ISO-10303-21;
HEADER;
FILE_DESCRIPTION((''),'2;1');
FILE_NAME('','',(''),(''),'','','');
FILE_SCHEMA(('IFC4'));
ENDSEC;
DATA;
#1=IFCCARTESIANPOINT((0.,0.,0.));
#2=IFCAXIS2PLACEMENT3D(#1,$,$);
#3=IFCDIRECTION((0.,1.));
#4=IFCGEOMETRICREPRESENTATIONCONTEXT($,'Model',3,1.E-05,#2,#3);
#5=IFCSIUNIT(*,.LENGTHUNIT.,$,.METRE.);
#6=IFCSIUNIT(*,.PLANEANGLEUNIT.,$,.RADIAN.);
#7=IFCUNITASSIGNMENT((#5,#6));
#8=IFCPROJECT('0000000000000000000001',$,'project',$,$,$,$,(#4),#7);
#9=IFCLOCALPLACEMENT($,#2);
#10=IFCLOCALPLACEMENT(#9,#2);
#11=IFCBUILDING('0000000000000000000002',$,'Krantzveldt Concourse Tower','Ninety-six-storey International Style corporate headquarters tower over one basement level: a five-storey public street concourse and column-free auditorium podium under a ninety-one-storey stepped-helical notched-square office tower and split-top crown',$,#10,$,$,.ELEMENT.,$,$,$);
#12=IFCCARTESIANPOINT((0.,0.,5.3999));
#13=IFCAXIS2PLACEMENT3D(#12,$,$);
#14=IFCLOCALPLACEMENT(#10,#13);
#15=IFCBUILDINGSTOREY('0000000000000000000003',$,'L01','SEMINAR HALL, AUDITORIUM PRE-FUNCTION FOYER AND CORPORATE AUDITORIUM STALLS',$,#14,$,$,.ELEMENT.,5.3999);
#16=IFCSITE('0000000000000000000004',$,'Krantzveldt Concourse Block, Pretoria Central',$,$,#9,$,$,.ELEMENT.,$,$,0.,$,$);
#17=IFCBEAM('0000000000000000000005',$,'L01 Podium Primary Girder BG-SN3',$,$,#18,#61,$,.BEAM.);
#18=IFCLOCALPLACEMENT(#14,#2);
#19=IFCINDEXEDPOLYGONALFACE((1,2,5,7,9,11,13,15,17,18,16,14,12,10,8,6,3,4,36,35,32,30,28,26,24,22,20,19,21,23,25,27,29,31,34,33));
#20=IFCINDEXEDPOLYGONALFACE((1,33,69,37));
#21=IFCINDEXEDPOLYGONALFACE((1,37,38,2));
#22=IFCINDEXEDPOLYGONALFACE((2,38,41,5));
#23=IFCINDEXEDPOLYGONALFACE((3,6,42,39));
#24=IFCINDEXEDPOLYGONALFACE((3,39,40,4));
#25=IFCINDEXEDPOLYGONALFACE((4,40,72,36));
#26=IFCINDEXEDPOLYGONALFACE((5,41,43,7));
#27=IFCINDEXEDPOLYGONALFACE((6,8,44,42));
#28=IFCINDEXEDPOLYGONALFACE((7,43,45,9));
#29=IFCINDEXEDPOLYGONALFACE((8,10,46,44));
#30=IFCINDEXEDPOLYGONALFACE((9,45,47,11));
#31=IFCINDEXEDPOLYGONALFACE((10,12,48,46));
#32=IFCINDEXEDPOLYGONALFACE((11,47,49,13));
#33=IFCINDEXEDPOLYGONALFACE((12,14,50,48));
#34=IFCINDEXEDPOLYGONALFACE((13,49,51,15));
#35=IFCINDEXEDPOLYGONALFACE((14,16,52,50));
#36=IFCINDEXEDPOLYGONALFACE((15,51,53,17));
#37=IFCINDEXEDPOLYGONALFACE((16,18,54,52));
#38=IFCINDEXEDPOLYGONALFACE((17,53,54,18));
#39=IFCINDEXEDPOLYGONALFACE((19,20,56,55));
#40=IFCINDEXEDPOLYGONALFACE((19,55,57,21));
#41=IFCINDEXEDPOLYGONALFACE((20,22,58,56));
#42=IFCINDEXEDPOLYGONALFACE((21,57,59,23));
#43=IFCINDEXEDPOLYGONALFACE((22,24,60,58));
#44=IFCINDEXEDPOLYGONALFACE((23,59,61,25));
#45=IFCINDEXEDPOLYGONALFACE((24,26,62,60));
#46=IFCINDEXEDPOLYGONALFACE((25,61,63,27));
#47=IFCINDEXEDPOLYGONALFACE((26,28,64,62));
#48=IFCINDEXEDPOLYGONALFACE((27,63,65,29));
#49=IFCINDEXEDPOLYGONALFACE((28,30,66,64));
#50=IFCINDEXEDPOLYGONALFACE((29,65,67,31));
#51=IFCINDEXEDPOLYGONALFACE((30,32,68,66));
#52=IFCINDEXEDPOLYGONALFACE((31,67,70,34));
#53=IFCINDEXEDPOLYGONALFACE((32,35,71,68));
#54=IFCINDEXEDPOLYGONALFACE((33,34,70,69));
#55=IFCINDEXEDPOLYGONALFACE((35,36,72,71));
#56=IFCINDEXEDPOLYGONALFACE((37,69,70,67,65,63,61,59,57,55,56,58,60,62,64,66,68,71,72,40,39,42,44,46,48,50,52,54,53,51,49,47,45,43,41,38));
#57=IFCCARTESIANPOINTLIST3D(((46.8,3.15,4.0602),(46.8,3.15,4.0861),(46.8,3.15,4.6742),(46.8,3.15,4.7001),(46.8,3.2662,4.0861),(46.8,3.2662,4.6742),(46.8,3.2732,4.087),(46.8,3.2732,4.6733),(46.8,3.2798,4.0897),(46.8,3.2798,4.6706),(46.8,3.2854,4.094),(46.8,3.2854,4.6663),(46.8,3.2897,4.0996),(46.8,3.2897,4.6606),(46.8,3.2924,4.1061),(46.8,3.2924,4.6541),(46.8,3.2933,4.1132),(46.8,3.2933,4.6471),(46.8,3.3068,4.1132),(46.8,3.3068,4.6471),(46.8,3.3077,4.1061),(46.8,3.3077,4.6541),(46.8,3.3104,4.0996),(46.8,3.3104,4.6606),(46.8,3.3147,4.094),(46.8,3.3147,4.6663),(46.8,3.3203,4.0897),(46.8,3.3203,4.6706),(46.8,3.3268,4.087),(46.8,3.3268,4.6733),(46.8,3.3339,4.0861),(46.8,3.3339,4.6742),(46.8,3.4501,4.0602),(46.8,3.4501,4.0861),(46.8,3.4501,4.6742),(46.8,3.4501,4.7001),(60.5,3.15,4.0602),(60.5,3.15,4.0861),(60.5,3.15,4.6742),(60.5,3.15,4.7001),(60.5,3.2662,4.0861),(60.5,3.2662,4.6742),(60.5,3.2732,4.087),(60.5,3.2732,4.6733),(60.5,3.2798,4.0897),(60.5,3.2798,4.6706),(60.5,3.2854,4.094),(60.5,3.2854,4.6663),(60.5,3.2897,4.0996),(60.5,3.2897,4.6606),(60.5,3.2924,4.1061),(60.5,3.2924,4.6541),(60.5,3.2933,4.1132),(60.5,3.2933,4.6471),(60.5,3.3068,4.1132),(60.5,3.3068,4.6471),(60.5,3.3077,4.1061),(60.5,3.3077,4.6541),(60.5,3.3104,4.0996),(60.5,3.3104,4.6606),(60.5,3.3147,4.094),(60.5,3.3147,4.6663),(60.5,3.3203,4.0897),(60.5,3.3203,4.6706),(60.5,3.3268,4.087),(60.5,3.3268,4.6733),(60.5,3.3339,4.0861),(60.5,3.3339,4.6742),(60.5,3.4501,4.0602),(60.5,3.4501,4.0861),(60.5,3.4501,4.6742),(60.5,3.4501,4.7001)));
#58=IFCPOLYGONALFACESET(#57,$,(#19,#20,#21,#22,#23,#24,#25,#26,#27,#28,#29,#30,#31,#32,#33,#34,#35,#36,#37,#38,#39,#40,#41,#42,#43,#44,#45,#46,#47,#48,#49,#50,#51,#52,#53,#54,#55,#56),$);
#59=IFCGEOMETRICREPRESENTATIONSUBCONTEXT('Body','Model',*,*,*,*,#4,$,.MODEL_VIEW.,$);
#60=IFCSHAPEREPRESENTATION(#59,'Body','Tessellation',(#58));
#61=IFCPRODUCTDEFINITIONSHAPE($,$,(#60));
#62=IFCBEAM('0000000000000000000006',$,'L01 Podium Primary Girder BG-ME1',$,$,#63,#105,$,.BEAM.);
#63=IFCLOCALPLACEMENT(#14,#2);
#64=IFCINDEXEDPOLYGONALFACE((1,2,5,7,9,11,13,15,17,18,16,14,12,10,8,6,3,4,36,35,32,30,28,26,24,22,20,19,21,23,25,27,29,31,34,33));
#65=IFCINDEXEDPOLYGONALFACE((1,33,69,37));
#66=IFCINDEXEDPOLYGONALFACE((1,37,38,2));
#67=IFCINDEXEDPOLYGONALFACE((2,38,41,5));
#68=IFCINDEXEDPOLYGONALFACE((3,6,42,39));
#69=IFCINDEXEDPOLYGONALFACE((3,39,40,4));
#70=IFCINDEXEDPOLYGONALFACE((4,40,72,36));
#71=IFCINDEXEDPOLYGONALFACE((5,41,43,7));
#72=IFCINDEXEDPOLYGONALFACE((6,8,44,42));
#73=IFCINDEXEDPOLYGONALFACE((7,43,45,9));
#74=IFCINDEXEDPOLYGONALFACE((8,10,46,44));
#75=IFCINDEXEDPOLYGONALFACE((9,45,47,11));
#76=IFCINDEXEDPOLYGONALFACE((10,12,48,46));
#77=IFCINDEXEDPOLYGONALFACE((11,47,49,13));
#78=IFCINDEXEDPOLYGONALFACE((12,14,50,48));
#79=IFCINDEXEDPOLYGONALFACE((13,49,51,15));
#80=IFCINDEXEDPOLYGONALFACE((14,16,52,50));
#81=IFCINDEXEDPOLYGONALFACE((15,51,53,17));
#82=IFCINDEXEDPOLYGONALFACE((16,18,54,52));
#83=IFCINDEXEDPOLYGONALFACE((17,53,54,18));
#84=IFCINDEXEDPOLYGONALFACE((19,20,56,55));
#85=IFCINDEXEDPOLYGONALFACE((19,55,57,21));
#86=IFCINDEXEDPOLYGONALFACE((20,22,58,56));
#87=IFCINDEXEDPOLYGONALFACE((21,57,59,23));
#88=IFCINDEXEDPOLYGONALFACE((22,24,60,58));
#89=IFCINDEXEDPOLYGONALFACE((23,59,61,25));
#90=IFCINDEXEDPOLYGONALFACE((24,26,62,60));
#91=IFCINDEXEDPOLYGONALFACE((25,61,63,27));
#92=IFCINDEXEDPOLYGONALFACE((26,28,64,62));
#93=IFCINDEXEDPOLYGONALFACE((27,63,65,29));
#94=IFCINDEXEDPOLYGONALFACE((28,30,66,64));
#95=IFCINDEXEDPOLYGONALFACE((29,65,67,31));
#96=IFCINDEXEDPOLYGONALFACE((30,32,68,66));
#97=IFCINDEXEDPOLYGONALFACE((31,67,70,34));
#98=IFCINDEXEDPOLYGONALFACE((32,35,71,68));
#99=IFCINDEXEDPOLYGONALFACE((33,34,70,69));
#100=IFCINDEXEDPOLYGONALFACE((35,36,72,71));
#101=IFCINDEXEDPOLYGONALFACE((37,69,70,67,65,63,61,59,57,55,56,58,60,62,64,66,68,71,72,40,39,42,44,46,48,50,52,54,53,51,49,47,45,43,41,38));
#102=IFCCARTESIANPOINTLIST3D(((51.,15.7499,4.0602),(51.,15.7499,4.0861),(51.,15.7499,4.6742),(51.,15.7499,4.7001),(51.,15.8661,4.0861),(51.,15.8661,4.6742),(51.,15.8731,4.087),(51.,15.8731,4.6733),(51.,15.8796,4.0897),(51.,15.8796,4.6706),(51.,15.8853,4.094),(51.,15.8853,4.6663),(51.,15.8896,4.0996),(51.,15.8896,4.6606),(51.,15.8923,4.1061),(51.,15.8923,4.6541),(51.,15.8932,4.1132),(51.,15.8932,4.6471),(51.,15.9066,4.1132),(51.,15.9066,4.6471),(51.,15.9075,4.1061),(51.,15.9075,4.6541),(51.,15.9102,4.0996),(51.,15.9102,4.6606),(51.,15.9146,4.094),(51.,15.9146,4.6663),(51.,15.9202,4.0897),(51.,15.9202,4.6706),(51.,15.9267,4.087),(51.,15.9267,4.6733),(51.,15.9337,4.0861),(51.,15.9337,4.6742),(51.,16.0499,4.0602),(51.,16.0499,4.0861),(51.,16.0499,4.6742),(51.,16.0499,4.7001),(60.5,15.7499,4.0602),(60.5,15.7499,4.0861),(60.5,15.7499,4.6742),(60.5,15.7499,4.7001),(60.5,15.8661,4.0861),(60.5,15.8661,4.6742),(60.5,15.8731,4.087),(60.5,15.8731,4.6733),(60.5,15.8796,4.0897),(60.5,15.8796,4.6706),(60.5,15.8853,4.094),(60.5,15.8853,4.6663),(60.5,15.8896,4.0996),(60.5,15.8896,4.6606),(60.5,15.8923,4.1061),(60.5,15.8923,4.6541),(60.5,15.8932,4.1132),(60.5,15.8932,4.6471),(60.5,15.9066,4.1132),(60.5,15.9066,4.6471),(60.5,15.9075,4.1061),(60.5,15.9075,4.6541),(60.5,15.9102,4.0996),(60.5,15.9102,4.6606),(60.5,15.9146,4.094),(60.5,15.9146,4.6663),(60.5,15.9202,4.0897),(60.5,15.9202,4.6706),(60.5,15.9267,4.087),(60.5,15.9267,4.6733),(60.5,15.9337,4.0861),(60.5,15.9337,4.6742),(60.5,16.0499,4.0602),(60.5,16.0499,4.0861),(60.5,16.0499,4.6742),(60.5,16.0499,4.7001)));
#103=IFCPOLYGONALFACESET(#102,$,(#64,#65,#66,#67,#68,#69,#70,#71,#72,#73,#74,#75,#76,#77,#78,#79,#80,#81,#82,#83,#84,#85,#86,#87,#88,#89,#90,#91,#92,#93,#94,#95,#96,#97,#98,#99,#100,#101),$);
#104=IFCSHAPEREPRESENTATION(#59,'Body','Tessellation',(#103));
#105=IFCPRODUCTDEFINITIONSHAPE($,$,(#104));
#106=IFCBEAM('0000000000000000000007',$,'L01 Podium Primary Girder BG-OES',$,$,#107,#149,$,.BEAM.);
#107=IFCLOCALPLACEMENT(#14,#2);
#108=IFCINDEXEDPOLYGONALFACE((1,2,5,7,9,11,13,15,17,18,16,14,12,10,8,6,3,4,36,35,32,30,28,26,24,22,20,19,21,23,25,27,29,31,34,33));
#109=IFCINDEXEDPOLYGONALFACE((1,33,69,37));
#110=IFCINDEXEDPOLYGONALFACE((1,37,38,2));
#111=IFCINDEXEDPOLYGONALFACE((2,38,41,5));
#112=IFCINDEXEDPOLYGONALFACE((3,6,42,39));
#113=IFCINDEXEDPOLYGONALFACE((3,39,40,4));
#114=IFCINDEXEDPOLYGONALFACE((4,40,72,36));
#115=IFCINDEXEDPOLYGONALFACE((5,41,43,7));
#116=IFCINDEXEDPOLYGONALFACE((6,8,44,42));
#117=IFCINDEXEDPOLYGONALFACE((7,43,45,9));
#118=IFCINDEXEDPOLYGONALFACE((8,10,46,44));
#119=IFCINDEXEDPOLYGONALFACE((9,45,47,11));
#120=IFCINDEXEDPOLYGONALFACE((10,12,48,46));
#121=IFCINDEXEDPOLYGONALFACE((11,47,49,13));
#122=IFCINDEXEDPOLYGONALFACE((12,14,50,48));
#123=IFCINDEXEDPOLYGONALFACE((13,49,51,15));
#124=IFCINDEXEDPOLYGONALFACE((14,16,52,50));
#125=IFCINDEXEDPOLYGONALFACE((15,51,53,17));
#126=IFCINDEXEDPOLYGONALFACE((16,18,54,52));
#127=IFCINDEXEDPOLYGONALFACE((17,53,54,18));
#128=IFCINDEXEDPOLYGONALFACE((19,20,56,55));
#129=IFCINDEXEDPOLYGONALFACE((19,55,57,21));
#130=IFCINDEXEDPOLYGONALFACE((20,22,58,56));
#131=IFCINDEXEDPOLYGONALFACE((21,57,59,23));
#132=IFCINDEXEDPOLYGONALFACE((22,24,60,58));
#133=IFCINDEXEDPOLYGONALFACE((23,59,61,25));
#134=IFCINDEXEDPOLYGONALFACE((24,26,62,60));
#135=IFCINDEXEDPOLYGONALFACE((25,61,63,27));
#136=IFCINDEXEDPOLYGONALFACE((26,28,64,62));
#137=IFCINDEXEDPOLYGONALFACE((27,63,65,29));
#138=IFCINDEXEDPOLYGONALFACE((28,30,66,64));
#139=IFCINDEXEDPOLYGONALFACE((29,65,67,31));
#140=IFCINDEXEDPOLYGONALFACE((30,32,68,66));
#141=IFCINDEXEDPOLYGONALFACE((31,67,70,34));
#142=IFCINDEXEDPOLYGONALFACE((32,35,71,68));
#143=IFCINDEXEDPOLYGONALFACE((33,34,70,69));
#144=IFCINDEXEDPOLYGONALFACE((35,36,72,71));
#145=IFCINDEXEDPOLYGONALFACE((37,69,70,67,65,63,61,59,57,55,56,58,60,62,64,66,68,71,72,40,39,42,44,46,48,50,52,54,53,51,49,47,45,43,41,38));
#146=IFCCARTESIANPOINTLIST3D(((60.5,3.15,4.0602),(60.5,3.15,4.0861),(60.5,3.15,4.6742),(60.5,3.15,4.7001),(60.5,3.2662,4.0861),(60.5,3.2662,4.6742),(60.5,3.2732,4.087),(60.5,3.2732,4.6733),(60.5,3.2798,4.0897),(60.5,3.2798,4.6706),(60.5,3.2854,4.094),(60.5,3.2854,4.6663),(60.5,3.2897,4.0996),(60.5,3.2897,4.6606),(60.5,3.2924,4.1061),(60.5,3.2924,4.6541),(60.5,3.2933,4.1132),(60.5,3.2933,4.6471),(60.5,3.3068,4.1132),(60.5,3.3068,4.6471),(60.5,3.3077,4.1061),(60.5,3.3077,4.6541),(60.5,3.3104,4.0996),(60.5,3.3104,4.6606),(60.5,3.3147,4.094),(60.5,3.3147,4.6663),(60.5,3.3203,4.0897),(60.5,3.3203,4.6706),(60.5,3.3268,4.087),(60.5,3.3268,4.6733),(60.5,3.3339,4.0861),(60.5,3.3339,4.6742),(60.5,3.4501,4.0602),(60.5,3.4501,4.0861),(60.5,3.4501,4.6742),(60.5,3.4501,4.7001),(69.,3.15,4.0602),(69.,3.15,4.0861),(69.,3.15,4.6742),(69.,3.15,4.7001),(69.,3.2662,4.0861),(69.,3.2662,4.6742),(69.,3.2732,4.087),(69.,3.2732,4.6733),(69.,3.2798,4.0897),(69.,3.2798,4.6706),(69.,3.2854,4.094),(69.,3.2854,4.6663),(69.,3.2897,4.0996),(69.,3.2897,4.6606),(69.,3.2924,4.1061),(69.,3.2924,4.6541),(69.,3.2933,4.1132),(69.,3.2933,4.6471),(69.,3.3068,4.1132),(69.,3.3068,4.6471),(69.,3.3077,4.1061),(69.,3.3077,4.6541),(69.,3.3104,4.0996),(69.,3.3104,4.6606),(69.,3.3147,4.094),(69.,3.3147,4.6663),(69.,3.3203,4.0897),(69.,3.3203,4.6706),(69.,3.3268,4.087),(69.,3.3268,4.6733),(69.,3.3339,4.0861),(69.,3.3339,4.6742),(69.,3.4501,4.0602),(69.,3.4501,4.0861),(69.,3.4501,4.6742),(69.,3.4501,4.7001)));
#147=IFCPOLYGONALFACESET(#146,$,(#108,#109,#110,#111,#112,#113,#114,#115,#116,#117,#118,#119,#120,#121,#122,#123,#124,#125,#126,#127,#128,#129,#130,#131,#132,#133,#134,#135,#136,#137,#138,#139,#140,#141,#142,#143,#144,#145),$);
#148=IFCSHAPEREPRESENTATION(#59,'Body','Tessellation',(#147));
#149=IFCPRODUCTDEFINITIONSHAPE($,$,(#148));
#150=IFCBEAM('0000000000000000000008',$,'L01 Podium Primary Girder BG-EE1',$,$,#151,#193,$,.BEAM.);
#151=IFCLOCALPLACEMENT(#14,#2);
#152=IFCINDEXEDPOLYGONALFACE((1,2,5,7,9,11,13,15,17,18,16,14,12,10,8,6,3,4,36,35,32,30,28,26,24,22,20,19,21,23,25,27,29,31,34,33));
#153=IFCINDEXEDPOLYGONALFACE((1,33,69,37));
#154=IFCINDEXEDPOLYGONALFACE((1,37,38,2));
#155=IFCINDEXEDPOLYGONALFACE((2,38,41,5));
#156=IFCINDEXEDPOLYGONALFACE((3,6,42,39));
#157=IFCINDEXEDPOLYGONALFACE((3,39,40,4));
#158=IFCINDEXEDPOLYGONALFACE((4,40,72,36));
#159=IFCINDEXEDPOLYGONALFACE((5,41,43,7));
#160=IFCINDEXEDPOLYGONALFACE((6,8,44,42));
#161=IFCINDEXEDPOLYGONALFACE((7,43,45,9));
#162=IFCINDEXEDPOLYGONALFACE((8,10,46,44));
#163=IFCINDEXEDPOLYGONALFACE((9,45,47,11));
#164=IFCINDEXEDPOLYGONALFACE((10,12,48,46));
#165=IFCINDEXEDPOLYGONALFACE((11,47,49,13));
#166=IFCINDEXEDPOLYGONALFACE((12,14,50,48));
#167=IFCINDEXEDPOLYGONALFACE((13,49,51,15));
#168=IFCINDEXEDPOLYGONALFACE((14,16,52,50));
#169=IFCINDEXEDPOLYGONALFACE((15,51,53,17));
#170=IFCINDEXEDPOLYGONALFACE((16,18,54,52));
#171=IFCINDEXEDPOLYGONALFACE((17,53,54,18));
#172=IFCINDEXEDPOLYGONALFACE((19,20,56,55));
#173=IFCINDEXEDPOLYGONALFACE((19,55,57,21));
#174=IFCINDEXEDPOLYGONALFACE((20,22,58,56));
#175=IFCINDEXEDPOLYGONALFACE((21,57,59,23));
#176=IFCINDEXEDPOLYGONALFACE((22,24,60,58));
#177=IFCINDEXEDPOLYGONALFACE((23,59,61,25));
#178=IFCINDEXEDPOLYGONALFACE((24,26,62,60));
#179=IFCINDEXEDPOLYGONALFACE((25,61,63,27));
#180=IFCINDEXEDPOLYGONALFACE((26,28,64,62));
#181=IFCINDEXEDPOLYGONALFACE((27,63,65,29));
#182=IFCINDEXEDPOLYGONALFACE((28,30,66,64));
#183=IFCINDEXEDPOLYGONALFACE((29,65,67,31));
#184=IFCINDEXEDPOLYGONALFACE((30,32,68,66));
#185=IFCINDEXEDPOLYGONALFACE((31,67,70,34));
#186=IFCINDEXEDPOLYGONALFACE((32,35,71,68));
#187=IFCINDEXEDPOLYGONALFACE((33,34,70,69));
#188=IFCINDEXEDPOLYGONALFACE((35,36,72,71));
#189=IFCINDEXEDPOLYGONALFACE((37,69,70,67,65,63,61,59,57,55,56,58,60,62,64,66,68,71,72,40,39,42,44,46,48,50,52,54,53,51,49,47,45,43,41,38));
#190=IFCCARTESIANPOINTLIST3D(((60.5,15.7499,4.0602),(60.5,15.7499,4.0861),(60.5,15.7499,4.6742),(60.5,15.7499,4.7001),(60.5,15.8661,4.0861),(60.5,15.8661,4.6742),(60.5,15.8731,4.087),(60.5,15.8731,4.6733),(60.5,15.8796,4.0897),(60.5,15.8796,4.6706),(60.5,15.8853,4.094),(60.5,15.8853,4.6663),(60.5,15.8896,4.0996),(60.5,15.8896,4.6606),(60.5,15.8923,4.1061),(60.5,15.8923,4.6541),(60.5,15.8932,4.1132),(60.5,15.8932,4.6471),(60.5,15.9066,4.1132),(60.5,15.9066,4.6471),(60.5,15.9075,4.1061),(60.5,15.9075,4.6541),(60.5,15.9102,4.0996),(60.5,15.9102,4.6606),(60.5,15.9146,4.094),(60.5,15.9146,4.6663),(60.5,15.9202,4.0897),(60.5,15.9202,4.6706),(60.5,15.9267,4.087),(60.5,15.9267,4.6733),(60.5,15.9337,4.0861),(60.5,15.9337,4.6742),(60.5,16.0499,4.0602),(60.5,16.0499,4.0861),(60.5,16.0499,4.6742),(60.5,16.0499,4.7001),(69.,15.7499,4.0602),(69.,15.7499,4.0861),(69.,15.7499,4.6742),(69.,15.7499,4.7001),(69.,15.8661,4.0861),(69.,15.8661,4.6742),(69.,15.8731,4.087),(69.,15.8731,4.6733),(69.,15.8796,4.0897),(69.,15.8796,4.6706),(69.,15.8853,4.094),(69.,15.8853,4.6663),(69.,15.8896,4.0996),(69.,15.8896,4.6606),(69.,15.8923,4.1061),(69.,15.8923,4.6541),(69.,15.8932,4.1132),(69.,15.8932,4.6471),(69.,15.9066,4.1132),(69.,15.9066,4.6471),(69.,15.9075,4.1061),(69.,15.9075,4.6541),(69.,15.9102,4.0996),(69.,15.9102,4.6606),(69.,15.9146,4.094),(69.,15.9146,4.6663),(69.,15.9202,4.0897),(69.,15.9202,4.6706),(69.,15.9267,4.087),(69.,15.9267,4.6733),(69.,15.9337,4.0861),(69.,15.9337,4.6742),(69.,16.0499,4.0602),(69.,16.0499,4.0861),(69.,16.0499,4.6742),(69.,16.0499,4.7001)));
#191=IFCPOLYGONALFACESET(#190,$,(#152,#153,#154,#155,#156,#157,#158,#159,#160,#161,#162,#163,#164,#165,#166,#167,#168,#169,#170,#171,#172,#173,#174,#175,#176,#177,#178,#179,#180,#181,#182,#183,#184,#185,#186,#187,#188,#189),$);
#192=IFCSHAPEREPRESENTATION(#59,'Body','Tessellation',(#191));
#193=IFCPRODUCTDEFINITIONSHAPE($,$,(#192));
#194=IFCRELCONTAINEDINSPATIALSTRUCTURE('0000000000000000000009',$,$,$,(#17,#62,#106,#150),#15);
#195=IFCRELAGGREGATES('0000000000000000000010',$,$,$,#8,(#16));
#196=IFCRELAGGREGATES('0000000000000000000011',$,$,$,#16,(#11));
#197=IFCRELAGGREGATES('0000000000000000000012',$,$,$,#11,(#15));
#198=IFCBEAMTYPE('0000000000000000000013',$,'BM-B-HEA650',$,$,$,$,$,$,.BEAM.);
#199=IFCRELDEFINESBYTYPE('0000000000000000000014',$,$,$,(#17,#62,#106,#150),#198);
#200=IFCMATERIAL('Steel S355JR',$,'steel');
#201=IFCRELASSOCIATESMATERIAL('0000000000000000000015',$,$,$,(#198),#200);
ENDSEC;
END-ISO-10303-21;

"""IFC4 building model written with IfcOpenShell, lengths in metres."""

from ifc_helpers import new_model, si_unit, direction, frame, origin, origin_2d, place, context, subcontext, project, spatial, i_section, extrude, source, transform, mapped, material, material_profile, profile_set, type_object, type_shapes, element, save


model = new_model("IFC4")

# Units and contexts
model_context = context("Model", 3, precision=1e-05, world=origin(), true_north=direction((0.0, 1.0)))
body_context = subcontext(model_context, "Body", "Model", "MODEL_VIEW")
ifc_project = project(units=[si_unit("LENGTHUNIT", "METRE"), si_unit("PLANEANGLEUNIT", "RADIAN")], contexts=[model_context])

# Site, building, storey
site_placement = place(None, origin())
site = spatial("IfcSite", under=ifc_project, at=site_placement, Name="Krantzveldt Concourse Block, Pretoria Central", CompositionType="ELEMENT", RefElevation=0.0)
building_placement = place(site_placement, origin())
building = spatial("IfcBuilding", under=site, at=building_placement, Name="Krantzveldt Concourse Tower", Description="Ninety-six-storey International Style corporate headquarters tower over one basement level: a five-storey public street concourse and column-free auditorium podium under a ninety-one-storey stepped-helical notched-square office tower and split-top crown", CompositionType="ELEMENT")
storey_placement = place(building_placement, frame((0.0, 0.0, 5.3999)))
storey = spatial("IfcBuildingStorey", under=building, at=storey_placement, Name="L01", Description="SEMINAR HALL, AUDITORIUM PRE-FUNCTION FOYER AND CORPORATE AUDITORIUM STALLS", CompositionType="ELEMENT", Elevation=5.3999)

# Beams
ifc_material_1 = material(Name="Steel S355JR", Category="steel")
ifc_material_profile_1 = material_profile(ifc_material_1, i_section(OverallWidth=0.3, OverallDepth=0.6399, WebThickness=0.0134, FlangeThickness=0.0259, FilletRadius=0.0271, at=origin_2d()), Name="Steel S355JR", Category="steel")
ifc_profile_set_1 = profile_set([ifc_material_profile_1], Name="Steel S355JR - HEA 650")
beam_type_1 = type_object("IfcBeamType", Name="BM-B-HEA650", PredefinedType="BEAM", material=ifc_profile_set_1)
shared_shape_1 = source(origin(), body_context, "Body", "SweptSolid", [
    extrude(i_section(OverallWidth=0.3, OverallDepth=0.6399, WebThickness=0.0134, FlangeThickness=0.0259, FilletRadius=0.0271, at=origin_2d()), origin(), (0.0, 0.0, 1.0), 13.7),
])
beam_1_placement = place(storey_placement, frame((46.8, 3.3, 4.3801), z_axis=(1.0, 0.0, 0.0), x_axis=(0.0, 1.0, 0.0)))
element("IfcBeam", 1, at=beam_1_placement, inside=storey, type_object=beam_type_1, Name="L01 Podium Primary Girder BG-SN3", PredefinedType="BEAM", context=body_context, shape_type="MappedRepresentation", body=[
    mapped(shared_shape_1, transform((0.0, 0.0, 0.0), x_axis=(1.0, 0.0, 0.0), y_axis=(0.0, 1.0, 0.0), z_axis=(0.0, 0.0, 1.0), scale=1.0)),
])
shared_shape_2 = source(origin(), body_context, "Body", "SweptSolid", [
    extrude(i_section(OverallWidth=0.3, OverallDepth=0.6399, WebThickness=0.0134, FlangeThickness=0.0259, FilletRadius=0.0271, at=origin_2d()), origin(), (0.0, 0.0, 1.0), 9.5),
])
beam_2_placement = place(storey_placement, frame((51.0, 15.8999, 4.3801), z_axis=(1.0, 0.0, 0.0), x_axis=(0.0, 1.0, 0.0)))
element("IfcBeam", 2, at=beam_2_placement, inside=storey, type_object=beam_type_1, Name="L01 Podium Primary Girder BG-ME1", PredefinedType="BEAM", context=body_context, shape_type="MappedRepresentation", body=[
    mapped(shared_shape_2, transform((0.0, 0.0, 0.0), x_axis=(1.0, 0.0, 0.0), y_axis=(0.0, 1.0, 0.0), z_axis=(0.0, 0.0, 1.0), scale=1.0)),
])
shared_shape_3 = source(origin(), body_context, "Body", "SweptSolid", [
    extrude(i_section(OverallWidth=0.3, OverallDepth=0.6399, WebThickness=0.0134, FlangeThickness=0.0259, FilletRadius=0.0271, at=origin_2d()), origin(), (0.0, 0.0, 1.0), 8.5),
])
type_shapes(beam_type_1, [shared_shape_1, shared_shape_2, shared_shape_3])
for number, where, z_axis, x_axis, name in (
    (3, (60.5, 3.3, 4.3801), (1.0, 0.0, 0.0), (0.0, 1.0, 0.0), "L01 Podium Primary Girder BG-OES"),
    (4, (60.5, 15.8999, 4.3801), (1.0, 0.0, 0.0), (0.0, 1.0, 0.0), "L01 Podium Primary Girder BG-EE1"),
):
    element("IfcBeam", number, at=place(storey_placement, frame(where, z_axis=z_axis, x_axis=x_axis)), inside=storey, type_object=beam_type_1, Name=name, PredefinedType="BEAM", context=body_context, shape_type="MappedRepresentation", body=[
        mapped(shared_shape_3, transform((0.0, 0.0, 0.0), x_axis=(1.0, 0.0, 0.0), y_axis=(0.0, 1.0, 0.0), z_axis=(0.0, 0.0, 1.0), scale=1.0)),
    ])

save(model, "model.ifc")
